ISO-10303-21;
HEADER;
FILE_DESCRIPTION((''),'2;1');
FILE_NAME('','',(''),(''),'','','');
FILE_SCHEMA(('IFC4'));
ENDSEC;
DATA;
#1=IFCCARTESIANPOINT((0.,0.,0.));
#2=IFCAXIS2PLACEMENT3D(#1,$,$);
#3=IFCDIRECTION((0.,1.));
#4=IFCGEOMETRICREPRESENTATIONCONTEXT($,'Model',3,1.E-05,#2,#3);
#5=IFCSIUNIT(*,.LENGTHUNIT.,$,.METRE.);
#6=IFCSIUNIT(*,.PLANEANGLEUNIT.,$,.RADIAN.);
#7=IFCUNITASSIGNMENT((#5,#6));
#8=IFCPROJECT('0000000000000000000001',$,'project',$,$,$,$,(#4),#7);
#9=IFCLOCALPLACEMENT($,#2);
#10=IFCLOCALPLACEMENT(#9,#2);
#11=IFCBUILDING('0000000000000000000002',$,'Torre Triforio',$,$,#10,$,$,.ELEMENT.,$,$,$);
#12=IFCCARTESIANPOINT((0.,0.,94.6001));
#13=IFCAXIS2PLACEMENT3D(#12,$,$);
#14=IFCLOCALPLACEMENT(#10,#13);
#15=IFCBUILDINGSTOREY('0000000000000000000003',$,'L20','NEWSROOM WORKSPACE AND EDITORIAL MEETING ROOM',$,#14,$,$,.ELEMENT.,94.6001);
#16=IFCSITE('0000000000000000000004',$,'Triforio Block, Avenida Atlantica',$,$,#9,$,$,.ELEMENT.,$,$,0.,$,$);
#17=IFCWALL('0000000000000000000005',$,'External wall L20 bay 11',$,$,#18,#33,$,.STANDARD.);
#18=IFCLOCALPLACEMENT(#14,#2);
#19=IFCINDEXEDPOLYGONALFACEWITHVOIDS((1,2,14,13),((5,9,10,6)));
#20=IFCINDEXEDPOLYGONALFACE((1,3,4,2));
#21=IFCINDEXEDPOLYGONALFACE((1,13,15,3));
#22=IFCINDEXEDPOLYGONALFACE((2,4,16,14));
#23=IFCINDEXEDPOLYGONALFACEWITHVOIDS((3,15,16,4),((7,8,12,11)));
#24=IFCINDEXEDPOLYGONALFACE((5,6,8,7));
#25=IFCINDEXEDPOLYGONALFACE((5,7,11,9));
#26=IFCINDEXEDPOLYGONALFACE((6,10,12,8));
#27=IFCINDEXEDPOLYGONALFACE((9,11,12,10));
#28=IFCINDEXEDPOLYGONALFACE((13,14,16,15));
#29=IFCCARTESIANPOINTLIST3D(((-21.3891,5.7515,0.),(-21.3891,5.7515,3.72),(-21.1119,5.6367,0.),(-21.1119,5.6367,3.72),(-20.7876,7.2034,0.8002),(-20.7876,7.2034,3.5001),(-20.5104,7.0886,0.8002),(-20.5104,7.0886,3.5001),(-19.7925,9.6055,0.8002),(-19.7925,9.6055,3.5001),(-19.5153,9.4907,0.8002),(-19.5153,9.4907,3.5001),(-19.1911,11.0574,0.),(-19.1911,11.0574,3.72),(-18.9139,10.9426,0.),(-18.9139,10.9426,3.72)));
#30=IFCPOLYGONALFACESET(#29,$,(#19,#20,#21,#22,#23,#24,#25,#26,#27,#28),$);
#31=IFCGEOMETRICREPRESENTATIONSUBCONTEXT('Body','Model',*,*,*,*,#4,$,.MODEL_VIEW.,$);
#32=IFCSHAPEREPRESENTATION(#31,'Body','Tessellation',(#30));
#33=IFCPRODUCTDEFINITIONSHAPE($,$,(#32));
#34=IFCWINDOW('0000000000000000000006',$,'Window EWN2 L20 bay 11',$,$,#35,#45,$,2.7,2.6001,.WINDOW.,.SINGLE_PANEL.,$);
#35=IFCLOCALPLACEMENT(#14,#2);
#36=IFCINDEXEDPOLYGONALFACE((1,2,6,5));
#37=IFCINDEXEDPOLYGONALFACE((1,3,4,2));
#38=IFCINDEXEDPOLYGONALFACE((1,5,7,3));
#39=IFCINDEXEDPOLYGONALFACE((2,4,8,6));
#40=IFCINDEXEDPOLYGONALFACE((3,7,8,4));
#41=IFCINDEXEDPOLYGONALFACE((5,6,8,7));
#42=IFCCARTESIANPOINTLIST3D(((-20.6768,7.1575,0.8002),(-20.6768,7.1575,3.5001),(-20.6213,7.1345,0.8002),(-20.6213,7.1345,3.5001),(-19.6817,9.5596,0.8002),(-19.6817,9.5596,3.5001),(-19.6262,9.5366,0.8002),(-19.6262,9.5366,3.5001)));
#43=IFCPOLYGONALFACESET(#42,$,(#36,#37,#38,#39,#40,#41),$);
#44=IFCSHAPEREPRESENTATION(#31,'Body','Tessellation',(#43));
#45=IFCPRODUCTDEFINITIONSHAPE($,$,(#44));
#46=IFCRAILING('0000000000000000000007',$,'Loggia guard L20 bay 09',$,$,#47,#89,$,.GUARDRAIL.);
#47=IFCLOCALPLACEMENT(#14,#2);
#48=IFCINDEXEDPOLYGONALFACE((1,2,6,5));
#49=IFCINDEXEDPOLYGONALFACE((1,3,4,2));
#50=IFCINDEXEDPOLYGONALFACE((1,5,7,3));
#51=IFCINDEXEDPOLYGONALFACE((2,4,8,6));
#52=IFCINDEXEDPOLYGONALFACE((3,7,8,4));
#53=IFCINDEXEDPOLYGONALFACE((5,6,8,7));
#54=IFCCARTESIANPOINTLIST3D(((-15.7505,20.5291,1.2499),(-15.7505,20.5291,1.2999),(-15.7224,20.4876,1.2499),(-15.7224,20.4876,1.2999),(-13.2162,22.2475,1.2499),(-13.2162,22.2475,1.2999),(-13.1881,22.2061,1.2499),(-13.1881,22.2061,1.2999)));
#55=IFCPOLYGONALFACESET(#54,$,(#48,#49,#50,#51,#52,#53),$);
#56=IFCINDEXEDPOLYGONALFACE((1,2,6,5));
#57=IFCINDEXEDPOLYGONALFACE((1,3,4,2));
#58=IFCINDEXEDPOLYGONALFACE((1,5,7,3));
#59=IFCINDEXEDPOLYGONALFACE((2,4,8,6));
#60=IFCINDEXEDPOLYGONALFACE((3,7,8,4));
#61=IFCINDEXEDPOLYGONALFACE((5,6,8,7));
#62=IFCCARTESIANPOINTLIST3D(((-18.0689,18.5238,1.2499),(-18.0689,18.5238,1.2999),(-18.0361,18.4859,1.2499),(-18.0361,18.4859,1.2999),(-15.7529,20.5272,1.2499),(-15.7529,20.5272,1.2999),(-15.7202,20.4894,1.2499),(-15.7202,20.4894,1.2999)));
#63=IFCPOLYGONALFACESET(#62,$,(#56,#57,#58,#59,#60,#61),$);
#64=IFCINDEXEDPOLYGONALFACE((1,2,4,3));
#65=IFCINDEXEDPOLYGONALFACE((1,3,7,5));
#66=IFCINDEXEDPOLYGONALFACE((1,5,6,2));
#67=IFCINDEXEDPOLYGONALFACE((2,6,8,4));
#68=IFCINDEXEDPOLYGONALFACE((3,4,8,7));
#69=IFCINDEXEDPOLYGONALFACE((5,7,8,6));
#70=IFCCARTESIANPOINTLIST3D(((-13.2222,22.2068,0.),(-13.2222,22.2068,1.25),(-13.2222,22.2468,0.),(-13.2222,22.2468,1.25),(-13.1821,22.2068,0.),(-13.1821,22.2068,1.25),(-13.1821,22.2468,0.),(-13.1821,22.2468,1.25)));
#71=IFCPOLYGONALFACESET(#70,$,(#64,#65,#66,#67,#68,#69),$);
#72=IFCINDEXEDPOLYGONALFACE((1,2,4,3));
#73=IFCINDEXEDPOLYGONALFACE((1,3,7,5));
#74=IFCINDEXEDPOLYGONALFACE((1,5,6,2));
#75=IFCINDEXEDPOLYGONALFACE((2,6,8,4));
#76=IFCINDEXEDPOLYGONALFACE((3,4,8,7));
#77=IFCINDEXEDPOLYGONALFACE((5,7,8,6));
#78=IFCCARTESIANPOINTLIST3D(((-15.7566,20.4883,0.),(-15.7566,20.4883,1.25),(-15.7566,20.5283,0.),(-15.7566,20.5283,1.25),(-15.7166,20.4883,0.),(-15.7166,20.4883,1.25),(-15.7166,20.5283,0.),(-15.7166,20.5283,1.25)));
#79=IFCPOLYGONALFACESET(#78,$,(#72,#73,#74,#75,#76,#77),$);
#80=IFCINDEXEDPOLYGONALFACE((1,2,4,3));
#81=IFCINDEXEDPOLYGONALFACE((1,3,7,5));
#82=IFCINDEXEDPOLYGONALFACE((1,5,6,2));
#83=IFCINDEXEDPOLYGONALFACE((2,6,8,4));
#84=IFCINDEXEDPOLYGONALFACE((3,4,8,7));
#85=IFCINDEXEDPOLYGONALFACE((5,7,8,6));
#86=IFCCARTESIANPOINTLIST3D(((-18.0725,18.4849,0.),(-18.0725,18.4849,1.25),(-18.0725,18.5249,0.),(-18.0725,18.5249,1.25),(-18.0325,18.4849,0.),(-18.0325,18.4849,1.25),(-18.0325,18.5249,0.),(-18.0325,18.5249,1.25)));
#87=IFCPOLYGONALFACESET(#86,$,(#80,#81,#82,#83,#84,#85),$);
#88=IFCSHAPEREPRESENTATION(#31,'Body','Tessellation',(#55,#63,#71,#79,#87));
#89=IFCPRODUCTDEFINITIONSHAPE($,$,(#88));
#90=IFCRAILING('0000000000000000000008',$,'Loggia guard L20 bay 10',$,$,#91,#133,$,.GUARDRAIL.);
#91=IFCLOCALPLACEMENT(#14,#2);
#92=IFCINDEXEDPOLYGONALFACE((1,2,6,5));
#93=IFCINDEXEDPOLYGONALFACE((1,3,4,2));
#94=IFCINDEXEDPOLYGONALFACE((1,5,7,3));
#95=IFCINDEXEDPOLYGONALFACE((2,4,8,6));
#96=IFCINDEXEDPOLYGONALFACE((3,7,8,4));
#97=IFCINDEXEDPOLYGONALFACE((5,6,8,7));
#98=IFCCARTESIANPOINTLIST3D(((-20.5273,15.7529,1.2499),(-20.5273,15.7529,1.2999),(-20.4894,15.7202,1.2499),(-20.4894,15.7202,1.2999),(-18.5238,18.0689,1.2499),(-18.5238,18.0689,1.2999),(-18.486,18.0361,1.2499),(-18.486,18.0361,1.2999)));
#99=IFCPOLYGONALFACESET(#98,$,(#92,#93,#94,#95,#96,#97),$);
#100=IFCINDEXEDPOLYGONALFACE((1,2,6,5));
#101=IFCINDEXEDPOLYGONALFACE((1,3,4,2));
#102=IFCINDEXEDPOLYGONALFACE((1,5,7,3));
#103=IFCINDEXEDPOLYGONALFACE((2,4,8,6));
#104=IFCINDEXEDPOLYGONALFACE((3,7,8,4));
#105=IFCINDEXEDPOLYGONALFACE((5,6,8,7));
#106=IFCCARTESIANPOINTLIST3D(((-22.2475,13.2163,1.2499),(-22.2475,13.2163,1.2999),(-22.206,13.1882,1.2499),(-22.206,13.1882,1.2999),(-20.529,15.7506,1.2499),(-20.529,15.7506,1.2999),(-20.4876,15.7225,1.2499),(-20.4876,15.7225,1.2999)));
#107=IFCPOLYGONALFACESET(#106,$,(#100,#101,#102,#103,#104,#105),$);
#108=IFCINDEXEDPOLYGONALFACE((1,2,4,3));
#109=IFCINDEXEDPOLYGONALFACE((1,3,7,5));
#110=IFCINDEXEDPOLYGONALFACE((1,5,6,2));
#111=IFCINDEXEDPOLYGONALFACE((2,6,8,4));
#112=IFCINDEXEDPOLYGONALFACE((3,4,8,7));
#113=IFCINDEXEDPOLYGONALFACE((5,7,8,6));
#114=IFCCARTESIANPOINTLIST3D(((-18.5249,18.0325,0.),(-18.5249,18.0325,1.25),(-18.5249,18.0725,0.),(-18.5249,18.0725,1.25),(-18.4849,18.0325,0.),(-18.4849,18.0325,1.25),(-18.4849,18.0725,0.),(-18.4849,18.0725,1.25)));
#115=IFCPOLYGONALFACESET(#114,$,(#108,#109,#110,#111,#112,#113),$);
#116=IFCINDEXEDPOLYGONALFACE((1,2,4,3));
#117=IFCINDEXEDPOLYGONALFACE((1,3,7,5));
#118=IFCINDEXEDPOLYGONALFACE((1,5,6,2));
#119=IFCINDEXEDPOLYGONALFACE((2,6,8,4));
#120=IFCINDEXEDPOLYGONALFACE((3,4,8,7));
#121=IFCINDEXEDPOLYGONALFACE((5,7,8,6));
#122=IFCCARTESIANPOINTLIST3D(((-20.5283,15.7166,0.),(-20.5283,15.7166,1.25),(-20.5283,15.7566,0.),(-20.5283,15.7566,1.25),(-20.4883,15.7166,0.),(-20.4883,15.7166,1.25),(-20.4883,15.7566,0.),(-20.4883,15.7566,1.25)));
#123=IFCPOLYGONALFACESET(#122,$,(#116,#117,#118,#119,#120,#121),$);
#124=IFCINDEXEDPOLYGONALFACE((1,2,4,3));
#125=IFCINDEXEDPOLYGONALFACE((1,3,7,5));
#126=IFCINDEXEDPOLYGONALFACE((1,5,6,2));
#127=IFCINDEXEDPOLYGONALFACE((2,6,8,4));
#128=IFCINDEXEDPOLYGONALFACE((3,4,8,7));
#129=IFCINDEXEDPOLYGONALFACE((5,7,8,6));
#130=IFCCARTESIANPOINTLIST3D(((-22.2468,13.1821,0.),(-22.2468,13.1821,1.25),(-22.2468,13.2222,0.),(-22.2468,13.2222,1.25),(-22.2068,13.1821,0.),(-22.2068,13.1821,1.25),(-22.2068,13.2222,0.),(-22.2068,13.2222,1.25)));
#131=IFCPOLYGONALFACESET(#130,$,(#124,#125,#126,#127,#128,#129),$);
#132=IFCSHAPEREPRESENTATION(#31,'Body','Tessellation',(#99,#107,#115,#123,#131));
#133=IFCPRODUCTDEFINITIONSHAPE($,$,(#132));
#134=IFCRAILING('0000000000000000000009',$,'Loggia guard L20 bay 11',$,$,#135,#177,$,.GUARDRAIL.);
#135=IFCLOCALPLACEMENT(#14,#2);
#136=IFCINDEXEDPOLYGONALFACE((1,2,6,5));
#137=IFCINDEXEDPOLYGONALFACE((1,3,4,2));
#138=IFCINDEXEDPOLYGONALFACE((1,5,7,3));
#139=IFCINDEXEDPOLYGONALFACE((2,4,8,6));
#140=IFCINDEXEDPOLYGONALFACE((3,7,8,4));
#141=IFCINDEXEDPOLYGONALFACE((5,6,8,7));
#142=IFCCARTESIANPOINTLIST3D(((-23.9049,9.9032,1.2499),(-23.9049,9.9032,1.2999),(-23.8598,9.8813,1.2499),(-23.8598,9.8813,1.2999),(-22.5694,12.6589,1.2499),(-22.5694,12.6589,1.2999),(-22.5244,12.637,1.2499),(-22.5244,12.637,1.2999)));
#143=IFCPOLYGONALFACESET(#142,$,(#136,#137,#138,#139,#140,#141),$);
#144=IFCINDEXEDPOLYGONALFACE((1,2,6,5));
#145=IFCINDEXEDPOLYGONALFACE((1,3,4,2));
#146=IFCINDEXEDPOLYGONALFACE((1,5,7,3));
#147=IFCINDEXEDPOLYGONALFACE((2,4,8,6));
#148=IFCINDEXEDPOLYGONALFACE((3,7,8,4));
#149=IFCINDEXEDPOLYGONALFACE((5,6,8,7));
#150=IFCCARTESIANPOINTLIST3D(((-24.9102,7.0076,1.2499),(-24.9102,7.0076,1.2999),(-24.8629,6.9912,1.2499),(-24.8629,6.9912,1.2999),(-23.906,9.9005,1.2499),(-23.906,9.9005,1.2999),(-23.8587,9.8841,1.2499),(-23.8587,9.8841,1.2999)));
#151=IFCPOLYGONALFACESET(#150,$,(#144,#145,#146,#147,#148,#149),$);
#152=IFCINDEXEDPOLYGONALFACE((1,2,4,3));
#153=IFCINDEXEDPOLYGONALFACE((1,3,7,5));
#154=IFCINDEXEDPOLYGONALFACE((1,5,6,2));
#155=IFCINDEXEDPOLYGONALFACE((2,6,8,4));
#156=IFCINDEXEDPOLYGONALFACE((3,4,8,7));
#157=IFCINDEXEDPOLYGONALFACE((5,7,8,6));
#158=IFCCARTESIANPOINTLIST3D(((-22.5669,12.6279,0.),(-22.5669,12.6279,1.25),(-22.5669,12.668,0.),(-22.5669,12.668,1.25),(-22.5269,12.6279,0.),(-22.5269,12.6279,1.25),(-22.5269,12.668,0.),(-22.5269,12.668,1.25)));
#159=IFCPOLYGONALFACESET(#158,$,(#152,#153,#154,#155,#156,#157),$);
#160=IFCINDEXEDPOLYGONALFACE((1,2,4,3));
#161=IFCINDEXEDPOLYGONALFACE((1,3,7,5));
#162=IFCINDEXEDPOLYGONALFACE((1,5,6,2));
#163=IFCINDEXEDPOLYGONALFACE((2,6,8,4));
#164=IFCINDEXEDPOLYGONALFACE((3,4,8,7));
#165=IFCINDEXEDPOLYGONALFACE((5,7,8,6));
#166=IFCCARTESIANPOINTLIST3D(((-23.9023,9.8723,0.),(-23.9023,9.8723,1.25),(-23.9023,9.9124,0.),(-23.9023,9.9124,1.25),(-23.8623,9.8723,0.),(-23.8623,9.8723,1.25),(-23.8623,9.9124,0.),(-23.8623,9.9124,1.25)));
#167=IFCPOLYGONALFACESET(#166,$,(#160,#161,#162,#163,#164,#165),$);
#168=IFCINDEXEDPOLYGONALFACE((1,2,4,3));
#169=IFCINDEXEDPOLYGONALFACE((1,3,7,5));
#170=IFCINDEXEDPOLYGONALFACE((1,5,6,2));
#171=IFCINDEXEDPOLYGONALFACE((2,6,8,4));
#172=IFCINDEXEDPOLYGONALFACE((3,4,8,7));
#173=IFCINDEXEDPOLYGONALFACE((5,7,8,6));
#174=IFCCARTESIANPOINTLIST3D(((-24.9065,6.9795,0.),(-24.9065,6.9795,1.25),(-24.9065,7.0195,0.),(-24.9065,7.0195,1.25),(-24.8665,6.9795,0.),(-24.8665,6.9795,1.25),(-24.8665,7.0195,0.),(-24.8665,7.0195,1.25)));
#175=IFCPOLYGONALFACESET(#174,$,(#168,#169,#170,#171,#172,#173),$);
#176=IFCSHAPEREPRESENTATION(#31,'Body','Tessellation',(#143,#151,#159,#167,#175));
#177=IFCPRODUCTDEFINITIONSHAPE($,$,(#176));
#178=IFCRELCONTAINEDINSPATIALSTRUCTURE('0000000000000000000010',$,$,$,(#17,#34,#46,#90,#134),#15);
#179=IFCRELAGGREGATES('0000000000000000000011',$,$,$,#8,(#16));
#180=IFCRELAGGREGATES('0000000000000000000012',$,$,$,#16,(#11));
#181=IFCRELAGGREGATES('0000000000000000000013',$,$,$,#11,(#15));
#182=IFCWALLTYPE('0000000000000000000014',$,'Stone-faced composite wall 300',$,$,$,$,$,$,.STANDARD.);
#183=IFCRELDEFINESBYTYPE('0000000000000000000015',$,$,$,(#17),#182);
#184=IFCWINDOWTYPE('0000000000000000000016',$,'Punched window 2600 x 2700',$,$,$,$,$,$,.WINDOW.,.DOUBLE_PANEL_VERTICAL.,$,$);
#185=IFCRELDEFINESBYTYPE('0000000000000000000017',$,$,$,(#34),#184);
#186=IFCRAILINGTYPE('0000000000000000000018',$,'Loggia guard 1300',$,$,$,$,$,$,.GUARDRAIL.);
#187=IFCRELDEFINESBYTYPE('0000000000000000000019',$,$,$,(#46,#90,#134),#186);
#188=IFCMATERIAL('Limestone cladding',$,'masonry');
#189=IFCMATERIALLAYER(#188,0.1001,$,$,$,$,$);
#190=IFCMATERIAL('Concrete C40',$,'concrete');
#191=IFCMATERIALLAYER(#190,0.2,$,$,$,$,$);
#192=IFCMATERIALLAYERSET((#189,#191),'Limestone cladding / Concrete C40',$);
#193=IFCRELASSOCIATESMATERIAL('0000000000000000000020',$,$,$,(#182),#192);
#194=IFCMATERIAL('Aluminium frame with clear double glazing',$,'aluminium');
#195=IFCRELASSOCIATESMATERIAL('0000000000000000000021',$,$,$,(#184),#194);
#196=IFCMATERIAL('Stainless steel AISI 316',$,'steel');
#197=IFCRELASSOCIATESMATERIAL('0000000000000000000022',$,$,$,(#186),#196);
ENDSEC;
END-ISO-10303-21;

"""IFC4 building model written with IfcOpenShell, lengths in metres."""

from ifc_helpers import new_model, si_unit, direction, frame, frame_2d, origin, origin_2d, place, context, subcontext, project, spatial, rectangle, extrude, material, layer, layer_set, type_object, element, fill, save


model = new_model("IFC4")

# Units and contexts
model_context = context("Model", 3, precision=1e-05, world=origin(), true_north=direction((0.0, 1.0)))
body_context = subcontext(model_context, "Body", "Model", "MODEL_VIEW")
ifc_project = project(units=[si_unit("LENGTHUNIT", "METRE"), si_unit("PLANEANGLEUNIT", "RADIAN")], contexts=[model_context])

# Site, building, storey
site_placement = place(None, origin())
site = spatial("IfcSite", under=ifc_project, at=site_placement, Name="Triforio Block, Avenida Atlantica", CompositionType="ELEMENT", RefElevation=0.0)
building_placement = place(site_placement, origin())
building = spatial("IfcBuilding", under=site, at=building_placement, Name="Torre Triforio", CompositionType="ELEMENT")
storey_placement = place(building_placement, frame((0.0, 0.0, 94.6001)))
storey = spatial("IfcBuildingStorey", under=building, at=storey_placement, Name="L20", Description="NEWSROOM WORKSPACE AND EDITORIAL MEETING ROOM", CompositionType="ELEMENT", Elevation=94.6001)

# Shared definitions
ifc_material_1 = material(Name="Limestone cladding", Category="masonry")
ifc_material_2 = material(Name="Concrete C40", Category="concrete")

# Shared definitions
ifc_layer_1 = layer(ifc_material_1, 0.1001)
ifc_layer_2 = layer(ifc_material_2, 0.2)
ifc_layer_set_1 = layer_set([ifc_layer_1, ifc_layer_2], Name="Limestone cladding / Concrete C40")
wall_type_1 = type_object("IfcWallType", Name="Stone-faced composite wall 300", PredefinedType="STANDARD", material=ifc_layer_set_1)
ifc_material_3 = material(Name="Aluminium frame with clear double glazing", Category="aluminium")
window_type_1 = type_object("IfcWindowType", Name="Punched window 2600 x 2700", PartitioningType="DOUBLE_PANEL_VERTICAL", PredefinedType="WINDOW", material=ifc_material_3)

# Wall, opening, window
wall_1_placement = place(storey_placement, frame((-19.0525, 11.0, 0.0), z_axis=(0.0, 0.0, 1.0), x_axis=(-0.382716, -0.923866, 0.0)))
wall_1 = element("IfcWall", 1, at=wall_1_placement, inside=storey, type_object=wall_type_1, Name="External wall L20 bay 11", PredefinedType="STANDARD", context=body_context, shape_type="SweptSolid", body=[
    extrude(rectangle(XDim=5.7432, YDim=0.3, at=frame_2d((2.8716, 0.0))), origin(), (0.0, 0.0, 1.0), 3.72),
])
opening_1_placement = place(wall_1_placement, frame((1.5715, 0.0, 0.8)))
opening_1 = element("IfcOpeningElement", 2, at=opening_1_placement, cuts=wall_1, PredefinedType="OPENING", context=body_context, shape_type="SweptSolid", body=[
    extrude(rectangle(XDim=2.6001, YDim=2.7, at=frame_2d((1.3, 1.3501))), frame((0.0, 0.1599, 0.0), z_axis=(0.0, -1.0, 0.0), x_axis=(1.0, 0.0, 0.0)), (0.0, 0.0, 1.0), 0.3201),
])
window_1_placement = place(opening_1_placement, origin())
window_1 = element("IfcWindow", 3, at=window_1_placement, inside=storey, type_object=window_type_1, Name="Window EWN2 L20 bay 11", OverallHeight=2.7, OverallWidth=2.6001, PartitioningType="SINGLE_PANEL", PredefinedType="WINDOW", context=body_context, shape_type="SweptSolid", body=[
    extrude(rectangle(XDim=2.6001, YDim=2.7, at=frame_2d((1.3, 1.3501))), frame((0.0, 0.03, 0.0), z_axis=(0.0, -1.0, 0.0), x_axis=(1.0, 0.0, 0.0)), (0.0, 0.0, 1.0), 0.0601),
])
fill(opening_1, window_1)

# Railings
ifc_material_4 = material(Name="Stainless steel AISI 316", Category="steel")
railing_type = type_object("IfcRailingType", Name="Loggia guard 1300", PredefinedType="GUARDRAIL", material=ifc_material_4)
railing_1_placement = place(storey_placement, frame((-13.2021, 22.2268, 0.0)))
element("IfcRailing", 4, at=railing_1_placement, inside=storey, type_object=railing_type, Name="Loggia guard L20 bay 09", PredefinedType="GUARDRAIL", context=body_context, shape_type="SweptSolid", body=[
    extrude(rectangle(XDim=0.05, YDim=0.05, at=origin_2d()), frame((0.0, 0.0, 1.2749), z_axis=(-0.82767, -0.561215, 0.0), x_axis=(0.561215, -0.82767, 0.0)), (0.0, 0.0, 1.0), 3.062),
    extrude(rectangle(XDim=0.05, YDim=0.05, at=origin_2d()), frame((-2.5344, -1.7185, 1.2749), z_axis=(-0.756289, -0.654238, 0.0), x_axis=(0.654238, -0.756289, 0.0)), (0.0, 0.0, 1.0), 3.0623),
    extrude(rectangle(XDim=0.04, YDim=0.04, at=origin_2d()), origin(), (0.0, 0.0, 1.0), 1.25),
    extrude(rectangle(XDim=0.04, YDim=0.04, at=origin_2d()), frame((-2.5344, -1.7185, 0.0)), (0.0, 0.0, 1.0), 1.25),
    extrude(rectangle(XDim=0.04, YDim=0.04, at=origin_2d()), frame((-4.8503, -3.7219, 0.0)), (0.0, 0.0, 1.0), 1.25),
])
railing_2_placement = place(storey_placement, frame((-18.5049, 18.0525, 0.0)))
element("IfcRailing", 5, at=railing_2_placement, inside=storey, type_object=railing_type, Name="Loggia guard L20 bay 10", PredefinedType="GUARDRAIL", context=body_context, shape_type="SweptSolid", body=[
    extrude(rectangle(XDim=0.05, YDim=0.05, at=origin_2d()), frame((0.0, 0.0, 1.2749), z_axis=(-0.654238, -0.756289, 0.0), x_axis=(0.756289, -0.654238, 0.0)), (0.0, 0.0, 1.0), 3.0623),
    extrude(rectangle(XDim=0.05, YDim=0.05, at=origin_2d()), frame((-2.0034, -2.3159, 1.2749), z_axis=(-0.561215, -0.82767, 0.0), x_axis=(0.82767, -0.561215, 0.0)), (0.0, 0.0, 1.0), 3.062),
    extrude(rectangle(XDim=0.04, YDim=0.04, at=origin_2d()), origin(), (0.0, 0.0, 1.0), 1.25),
    extrude(rectangle(XDim=0.04, YDim=0.04, at=origin_2d()), frame((-2.0034, -2.3159, 0.0)), (0.0, 0.0, 1.0), 1.25),
    extrude(rectangle(XDim=0.04, YDim=0.04, at=origin_2d()), frame((-3.7219, -4.8503, 0.0)), (0.0, 0.0, 1.0), 1.25),
])
railing_3_placement = place(storey_placement, frame((-22.5469, 12.6479, 0.0)))
element("IfcRailing", 6, at=railing_3_placement, inside=storey, type_object=railing_type, Name="Loggia guard L20 bay 11", PredefinedType="GUARDRAIL", context=body_context, shape_type="SweptSolid", body=[
    extrude(rectangle(XDim=0.05, YDim=0.05, at=origin_2d()), frame((0.0, 0.0, 1.2749), z_axis=(-0.436113, -0.899892, 0.0), x_axis=(0.899892, -0.436113, 0.0)), (0.0, 0.0, 1.0), 3.0623),
    extrude(rectangle(XDim=0.05, YDim=0.05, at=origin_2d()), frame((-1.3354, -2.7556, 1.2749), z_axis=(-0.327924, -0.944704, 0.0), x_axis=(0.944704, -0.327924, 0.0)), (0.0, 0.0, 1.0), 3.0623),
    extrude(rectangle(XDim=0.04, YDim=0.04, at=origin_2d()), origin(), (0.0, 0.0, 1.0), 1.25),
    extrude(rectangle(XDim=0.04, YDim=0.04, at=origin_2d()), frame((-1.3354, -2.7556, 0.0)), (0.0, 0.0, 1.0), 1.25),
    extrude(rectangle(XDim=0.04, YDim=0.04, at=origin_2d()), frame((-2.3396, -5.6484, 0.0)), (0.0, 0.0, 1.0), 1.25),
])

save(model, "model.ifc")
